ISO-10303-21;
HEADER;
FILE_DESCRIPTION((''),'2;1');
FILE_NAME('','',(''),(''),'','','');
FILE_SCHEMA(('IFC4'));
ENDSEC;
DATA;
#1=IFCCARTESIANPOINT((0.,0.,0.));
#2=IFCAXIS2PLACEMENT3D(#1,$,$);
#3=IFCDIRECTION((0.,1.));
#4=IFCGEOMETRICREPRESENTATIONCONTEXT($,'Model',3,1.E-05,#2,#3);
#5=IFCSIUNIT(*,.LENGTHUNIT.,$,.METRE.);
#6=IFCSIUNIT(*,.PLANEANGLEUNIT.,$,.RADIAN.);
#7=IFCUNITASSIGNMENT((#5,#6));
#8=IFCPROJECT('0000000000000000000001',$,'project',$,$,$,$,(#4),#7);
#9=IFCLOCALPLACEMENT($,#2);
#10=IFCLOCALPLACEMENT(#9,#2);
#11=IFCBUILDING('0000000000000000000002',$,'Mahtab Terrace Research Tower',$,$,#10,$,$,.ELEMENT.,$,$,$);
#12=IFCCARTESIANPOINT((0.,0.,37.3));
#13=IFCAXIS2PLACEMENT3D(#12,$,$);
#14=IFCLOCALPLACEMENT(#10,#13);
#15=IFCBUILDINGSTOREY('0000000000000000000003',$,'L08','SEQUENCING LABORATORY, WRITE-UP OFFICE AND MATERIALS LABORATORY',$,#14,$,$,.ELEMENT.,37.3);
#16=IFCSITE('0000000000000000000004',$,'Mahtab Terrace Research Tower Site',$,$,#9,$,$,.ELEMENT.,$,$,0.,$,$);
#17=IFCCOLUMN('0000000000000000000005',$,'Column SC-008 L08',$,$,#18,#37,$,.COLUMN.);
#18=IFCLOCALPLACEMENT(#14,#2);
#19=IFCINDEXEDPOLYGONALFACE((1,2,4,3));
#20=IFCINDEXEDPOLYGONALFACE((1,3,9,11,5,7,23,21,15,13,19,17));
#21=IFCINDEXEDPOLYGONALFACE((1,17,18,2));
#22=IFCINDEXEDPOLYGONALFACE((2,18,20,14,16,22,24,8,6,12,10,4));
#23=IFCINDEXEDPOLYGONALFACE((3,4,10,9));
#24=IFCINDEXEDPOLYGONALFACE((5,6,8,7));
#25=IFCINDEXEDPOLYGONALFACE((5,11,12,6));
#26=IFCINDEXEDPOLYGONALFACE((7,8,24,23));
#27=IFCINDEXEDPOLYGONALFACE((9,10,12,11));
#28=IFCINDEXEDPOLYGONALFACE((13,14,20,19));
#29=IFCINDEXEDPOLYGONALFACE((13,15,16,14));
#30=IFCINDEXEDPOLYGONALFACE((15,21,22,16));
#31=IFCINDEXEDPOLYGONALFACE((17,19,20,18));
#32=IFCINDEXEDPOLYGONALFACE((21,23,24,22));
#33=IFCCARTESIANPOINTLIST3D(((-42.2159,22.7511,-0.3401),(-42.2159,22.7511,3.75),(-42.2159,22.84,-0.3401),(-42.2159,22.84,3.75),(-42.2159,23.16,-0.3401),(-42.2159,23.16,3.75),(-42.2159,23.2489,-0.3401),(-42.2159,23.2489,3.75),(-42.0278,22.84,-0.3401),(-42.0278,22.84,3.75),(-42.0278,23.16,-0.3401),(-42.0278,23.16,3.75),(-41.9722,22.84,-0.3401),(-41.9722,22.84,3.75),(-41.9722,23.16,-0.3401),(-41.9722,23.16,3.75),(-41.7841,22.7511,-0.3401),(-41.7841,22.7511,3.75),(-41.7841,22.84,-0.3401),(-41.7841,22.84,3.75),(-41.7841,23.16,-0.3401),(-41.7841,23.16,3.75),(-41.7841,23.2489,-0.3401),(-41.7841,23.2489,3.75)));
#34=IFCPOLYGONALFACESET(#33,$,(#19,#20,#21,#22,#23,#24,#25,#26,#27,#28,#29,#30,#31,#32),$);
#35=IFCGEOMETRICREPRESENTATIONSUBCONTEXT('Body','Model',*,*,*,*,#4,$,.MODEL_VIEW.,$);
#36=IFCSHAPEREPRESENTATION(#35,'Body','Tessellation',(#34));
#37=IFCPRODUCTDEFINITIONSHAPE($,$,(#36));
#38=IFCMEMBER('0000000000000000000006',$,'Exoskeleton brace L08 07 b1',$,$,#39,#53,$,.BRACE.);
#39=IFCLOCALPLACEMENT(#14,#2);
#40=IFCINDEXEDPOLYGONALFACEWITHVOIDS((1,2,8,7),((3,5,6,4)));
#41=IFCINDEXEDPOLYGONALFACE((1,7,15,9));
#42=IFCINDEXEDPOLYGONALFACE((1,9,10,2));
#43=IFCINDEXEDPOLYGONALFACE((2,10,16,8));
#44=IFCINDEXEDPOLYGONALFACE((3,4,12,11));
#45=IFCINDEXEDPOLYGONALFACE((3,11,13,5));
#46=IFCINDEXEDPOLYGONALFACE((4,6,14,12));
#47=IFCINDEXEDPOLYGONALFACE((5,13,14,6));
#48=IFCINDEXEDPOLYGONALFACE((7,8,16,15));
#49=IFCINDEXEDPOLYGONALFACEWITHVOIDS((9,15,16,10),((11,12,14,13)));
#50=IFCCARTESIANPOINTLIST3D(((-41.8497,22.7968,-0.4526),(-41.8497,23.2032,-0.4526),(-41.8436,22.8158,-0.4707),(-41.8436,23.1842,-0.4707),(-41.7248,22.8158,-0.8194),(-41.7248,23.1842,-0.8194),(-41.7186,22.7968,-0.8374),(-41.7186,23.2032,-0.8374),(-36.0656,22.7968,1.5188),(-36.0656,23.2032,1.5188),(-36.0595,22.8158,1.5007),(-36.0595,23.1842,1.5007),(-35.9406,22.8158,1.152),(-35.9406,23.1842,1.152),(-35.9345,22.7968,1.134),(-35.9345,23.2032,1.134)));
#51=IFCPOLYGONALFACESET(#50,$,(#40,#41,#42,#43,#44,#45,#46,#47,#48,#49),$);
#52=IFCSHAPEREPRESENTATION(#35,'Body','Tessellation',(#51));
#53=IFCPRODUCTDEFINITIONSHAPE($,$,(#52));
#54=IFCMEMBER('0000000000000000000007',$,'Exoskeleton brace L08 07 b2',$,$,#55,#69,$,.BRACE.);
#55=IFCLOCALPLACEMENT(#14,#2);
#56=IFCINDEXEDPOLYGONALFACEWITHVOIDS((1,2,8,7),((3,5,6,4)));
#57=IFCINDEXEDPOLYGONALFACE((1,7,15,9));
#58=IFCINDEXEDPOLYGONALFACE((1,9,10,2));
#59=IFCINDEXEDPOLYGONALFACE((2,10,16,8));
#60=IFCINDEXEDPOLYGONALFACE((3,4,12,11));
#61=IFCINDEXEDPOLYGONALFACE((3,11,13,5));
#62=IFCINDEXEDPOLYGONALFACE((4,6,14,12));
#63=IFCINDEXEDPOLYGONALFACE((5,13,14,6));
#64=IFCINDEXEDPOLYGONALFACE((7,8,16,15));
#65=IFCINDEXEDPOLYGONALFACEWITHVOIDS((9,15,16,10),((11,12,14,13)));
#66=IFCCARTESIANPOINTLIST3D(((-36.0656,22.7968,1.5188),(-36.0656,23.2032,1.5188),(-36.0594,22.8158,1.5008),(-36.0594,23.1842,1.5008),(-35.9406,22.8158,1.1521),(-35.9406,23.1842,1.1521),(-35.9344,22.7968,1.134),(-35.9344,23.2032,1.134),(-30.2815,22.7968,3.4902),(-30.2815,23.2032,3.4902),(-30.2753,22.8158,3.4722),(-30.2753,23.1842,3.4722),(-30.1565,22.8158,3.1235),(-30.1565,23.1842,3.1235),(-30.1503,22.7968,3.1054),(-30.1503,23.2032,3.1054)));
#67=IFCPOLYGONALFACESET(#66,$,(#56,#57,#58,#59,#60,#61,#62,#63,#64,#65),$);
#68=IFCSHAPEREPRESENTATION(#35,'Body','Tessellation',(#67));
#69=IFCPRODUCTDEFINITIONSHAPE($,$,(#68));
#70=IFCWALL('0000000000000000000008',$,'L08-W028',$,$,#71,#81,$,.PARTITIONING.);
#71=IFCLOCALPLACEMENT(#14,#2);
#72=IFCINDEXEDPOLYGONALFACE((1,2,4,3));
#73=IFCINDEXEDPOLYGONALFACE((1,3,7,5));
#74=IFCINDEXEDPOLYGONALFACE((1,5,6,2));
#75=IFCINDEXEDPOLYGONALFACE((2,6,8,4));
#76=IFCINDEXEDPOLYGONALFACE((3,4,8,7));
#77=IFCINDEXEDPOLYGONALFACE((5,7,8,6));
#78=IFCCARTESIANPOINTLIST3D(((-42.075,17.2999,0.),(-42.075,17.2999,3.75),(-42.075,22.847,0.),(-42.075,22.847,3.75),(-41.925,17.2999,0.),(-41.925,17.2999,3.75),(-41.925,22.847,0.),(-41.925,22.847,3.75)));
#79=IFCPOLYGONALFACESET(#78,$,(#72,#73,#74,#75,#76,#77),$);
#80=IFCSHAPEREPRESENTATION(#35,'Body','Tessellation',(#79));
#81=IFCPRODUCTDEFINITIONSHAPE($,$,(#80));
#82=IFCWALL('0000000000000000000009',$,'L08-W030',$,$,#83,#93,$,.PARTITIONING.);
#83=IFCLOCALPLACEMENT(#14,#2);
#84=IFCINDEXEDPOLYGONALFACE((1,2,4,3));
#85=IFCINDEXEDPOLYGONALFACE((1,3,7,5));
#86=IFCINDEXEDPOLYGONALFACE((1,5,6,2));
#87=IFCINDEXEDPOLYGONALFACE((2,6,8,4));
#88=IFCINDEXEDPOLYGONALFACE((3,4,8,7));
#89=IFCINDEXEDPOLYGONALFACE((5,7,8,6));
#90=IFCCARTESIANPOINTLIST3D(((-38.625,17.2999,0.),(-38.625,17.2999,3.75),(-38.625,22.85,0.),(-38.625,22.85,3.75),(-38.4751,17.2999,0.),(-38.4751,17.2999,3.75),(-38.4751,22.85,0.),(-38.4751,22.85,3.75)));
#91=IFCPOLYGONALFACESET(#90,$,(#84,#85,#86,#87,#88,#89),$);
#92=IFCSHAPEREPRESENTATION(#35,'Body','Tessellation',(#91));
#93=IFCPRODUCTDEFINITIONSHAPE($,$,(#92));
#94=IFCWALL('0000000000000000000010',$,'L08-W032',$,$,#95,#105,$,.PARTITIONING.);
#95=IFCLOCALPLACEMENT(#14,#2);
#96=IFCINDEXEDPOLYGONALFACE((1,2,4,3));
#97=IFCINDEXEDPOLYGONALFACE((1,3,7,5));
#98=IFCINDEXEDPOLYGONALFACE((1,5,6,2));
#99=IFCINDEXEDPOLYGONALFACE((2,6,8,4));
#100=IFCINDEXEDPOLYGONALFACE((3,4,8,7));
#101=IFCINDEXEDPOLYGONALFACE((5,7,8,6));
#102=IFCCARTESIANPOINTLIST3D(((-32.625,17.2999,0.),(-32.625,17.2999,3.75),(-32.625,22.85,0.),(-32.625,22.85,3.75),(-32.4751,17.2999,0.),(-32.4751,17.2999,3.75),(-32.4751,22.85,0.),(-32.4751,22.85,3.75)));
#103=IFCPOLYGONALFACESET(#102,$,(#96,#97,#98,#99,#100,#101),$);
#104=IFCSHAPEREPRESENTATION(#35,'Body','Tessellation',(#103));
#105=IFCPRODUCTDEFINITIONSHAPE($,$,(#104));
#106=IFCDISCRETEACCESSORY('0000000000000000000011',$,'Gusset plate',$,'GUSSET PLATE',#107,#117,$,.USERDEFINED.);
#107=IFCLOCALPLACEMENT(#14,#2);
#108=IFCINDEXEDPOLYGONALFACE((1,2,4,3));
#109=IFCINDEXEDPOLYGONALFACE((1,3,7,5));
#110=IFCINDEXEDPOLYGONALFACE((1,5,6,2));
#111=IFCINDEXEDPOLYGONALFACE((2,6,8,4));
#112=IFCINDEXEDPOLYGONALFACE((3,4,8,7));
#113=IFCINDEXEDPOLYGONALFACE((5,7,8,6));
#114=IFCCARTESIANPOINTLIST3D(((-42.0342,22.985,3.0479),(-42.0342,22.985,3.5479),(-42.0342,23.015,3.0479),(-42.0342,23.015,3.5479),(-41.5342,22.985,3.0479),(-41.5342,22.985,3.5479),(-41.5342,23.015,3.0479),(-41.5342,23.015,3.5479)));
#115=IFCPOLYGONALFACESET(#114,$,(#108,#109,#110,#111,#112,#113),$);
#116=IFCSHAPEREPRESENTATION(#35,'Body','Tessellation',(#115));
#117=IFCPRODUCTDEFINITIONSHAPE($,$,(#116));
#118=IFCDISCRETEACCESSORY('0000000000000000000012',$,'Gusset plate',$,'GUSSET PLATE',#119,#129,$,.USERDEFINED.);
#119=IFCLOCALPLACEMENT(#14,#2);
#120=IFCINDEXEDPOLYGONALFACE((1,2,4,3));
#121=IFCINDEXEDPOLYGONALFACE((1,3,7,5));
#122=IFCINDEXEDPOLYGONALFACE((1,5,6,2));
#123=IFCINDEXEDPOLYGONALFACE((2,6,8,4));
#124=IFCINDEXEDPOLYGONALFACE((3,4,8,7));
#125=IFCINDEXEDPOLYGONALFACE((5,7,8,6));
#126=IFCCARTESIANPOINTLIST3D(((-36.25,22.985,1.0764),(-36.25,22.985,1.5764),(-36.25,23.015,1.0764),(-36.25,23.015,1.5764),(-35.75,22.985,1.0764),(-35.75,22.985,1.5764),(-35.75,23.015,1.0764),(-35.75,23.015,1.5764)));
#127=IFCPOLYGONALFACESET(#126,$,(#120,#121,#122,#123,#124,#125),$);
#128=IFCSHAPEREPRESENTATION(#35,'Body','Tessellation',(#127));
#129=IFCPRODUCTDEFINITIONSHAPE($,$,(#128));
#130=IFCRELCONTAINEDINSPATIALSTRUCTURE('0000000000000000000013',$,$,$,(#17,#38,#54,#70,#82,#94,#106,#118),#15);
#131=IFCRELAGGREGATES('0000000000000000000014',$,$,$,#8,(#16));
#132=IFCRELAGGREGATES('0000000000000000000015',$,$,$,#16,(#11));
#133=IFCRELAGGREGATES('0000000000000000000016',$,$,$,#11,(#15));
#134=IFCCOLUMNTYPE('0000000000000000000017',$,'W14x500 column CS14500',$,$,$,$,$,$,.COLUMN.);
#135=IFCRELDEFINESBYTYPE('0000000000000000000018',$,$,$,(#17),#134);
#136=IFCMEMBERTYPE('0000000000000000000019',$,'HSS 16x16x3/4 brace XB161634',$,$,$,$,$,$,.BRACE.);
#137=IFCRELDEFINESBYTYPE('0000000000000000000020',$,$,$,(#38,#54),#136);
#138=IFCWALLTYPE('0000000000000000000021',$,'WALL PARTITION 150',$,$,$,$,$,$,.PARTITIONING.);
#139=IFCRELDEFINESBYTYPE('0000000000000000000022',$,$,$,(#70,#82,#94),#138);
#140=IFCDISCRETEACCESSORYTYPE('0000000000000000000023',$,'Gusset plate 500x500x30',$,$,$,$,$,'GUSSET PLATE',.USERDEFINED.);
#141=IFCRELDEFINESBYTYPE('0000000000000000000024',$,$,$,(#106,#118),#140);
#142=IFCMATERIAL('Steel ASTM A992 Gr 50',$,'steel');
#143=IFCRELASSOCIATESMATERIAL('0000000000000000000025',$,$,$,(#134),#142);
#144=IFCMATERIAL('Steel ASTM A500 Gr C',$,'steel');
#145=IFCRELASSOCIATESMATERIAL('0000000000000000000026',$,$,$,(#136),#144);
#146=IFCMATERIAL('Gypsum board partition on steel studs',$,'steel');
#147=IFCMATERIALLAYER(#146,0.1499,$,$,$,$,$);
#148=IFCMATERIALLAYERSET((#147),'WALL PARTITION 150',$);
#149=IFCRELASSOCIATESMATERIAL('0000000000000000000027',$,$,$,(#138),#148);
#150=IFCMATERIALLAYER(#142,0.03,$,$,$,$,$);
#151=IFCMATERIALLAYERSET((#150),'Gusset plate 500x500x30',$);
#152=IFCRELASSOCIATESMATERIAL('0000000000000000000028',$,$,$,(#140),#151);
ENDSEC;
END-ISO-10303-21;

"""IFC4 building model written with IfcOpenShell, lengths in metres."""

from ifc_helpers import new_model, si_unit, direction, frame, frame_2d, origin, origin_2d, place, context, subcontext, project, spatial, rectangle, hollow_rectangle, i_section, extrude, material, layer, layer_set, material_profile, profile_set, type_object, element, save


model = new_model("IFC4")

# Units and contexts
model_context = context("Model", 3, precision=1e-05, world=origin(), true_north=direction((0.0, 1.0)))
body_context = subcontext(model_context, "Body", "Model", "MODEL_VIEW")
ifc_project = project(units=[si_unit("LENGTHUNIT", "METRE"), si_unit("PLANEANGLEUNIT", "RADIAN")], contexts=[model_context])

# Site, building, storey
site_placement = place(None, origin())
site = spatial("IfcSite", under=ifc_project, at=site_placement, Name="Mahtab Terrace Research Tower Site", CompositionType="ELEMENT", RefElevation=0.0)
building_placement = place(site_placement, origin())
building = spatial("IfcBuilding", under=site, at=building_placement, Name="Mahtab Terrace Research Tower", CompositionType="ELEMENT")
storey_placement = place(building_placement, frame((0.0, 0.0, 37.3)))
storey = spatial("IfcBuildingStorey", under=building, at=storey_placement, Name="L08", Description="SEQUENCING LABORATORY, WRITE-UP OFFICE AND MATERIALS LABORATORY", CompositionType="ELEMENT", Elevation=37.3)

# Column
ifc_material_1 = material(Name="Steel ASTM A992 Gr 50", Category="steel")
ifc_material_profile_1 = material_profile(ifc_material_1, i_section(OverallWidth=0.4319, OverallDepth=0.4978, WebThickness=0.0557, FlangeThickness=0.0889, at=origin_2d()), Name="W14X500")
ifc_profile_set_1 = profile_set([ifc_material_profile_1], Name="Steel ASTM A992 Gr 50")
column_type = type_object("IfcColumnType", Name="W14x500 column CS14500", PredefinedType="COLUMN", material=ifc_profile_set_1)
column_placement = place(storey_placement, frame((-42.0, 23.0, -0.3401), z_axis=(0.0, 0.0, 1.0), x_axis=(1.0, 0.0, 0.0)))
element("IfcColumn", 1, at=column_placement, inside=storey, type_object=column_type, Name="Column SC-008 L08", PredefinedType="COLUMN", context=body_context, shape_type="SweptSolid", body=[
    extrude(i_section(OverallWidth=0.4319, OverallDepth=0.4978, WebThickness=0.0557, FlangeThickness=0.0889, at=origin_2d()), origin(), (0.0, 0.0, 1.0), 4.0901),
])

# Members
ifc_material_2 = material(Name="Steel ASTM A500 Gr C", Category="steel")
ifc_material_profile_2 = material_profile(ifc_material_2, hollow_rectangle(XDim=0.4065, YDim=0.4065, WallThickness=0.019, at=origin_2d()), Name="HSS16X16X3/4")
ifc_profile_set_2 = profile_set([ifc_material_profile_2], Name="Steel ASTM A500 Gr C")
member_type = type_object("IfcMemberType", Name="HSS 16x16x3/4 brace XB161634", PredefinedType="BRACE", material=ifc_profile_set_2)
for number, where, z_axis, x_axis, name in (
    (2, (-41.7842, 23.0, -0.645), (0.946532, 0.0, 0.322609), (0.0, 1.0, 0.0), "Exoskeleton brace L08 07 b1"),
    (3, (-36.0, 23.0, 1.3264), (0.946532, 0.0, 0.322609), (0.0, 1.0, 0.0), "Exoskeleton brace L08 07 b2"),
):
    element("IfcMember", number, at=place(storey_placement, frame(where, z_axis=z_axis, x_axis=x_axis)), inside=storey, type_object=member_type, Name=name, PredefinedType="BRACE", context=body_context, shape_type="SweptSolid", body=[
        extrude(hollow_rectangle(XDim=0.4065, YDim=0.4065, WallThickness=0.019, at=origin_2d()), origin(), (0.0, 0.0, 1.0), 6.1108),
    ])

# Walls
ifc_material_3 = material(Name="Gypsum board partition on steel studs", Category="steel")
ifc_layer_1 = layer(ifc_material_3, 0.1499)
ifc_layer_set_1 = layer_set([ifc_layer_1], Name="WALL PARTITION 150")
wall_type = type_object("IfcWallType", Name="WALL PARTITION 150", PredefinedType="PARTITIONING", material=ifc_layer_set_1)
wall_placement = place(storey_placement, frame((-42.0, 17.3, 0.0), z_axis=(0.0, 0.0, 1.0), x_axis=(0.0, 1.0, 0.0)))
element("IfcWall", 4, at=wall_placement, inside=storey, type_object=wall_type, Name="L08-W028", PredefinedType="PARTITIONING", context=body_context, shape_type="SweptSolid", body=[
    extrude(rectangle(XDim=5.5471, YDim=0.1499, at=frame_2d((2.7734, 0.0))), origin(), (0.0, 0.0, 1.0), 3.75),
])
for number, where, z_axis, x_axis, name in (
    (5, (-38.55, 17.3, 0.0), (0.0, 0.0, 1.0), (0.0, 1.0, 0.0), "L08-W030"),
    (6, (-32.55, 17.3, 0.0), (0.0, 0.0, 1.0), (0.0, 1.0, 0.0), "L08-W032"),
):
    element("IfcWall", number, at=place(storey_placement, frame(where, z_axis=z_axis, x_axis=x_axis)), inside=storey, type_object=wall_type, Name=name, PredefinedType="PARTITIONING", context=body_context, shape_type="SweptSolid", body=[
        extrude(rectangle(XDim=5.55, YDim=0.1499, at=frame_2d((2.7749, 0.0))), origin(), (0.0, 0.0, 1.0), 3.75),
    ])

# Discrete accessories
ifc_layer_2 = layer(ifc_material_1, 0.03)
ifc_layer_set_2 = layer_set([ifc_layer_2], Name="Gusset plate 500x500x30")
discrete_accessory_type = type_object("IfcDiscreteAccessoryType", Name="Gusset plate 500x500x30", ElementType="GUSSET PLATE", PredefinedType="USERDEFINED", material=ifc_layer_set_2)
for number, where, z_axis, x_axis, name in (
    (7, (-41.7842, 23.0, 3.0479), (0.0, 0.0, 1.0), (1.0, 0.0, 0.0), "Gusset plate"),
    (8, (-36.0, 23.0, 1.0764), (0.0, 0.0, 1.0), (1.0, 0.0, 0.0), "Gusset plate"),
):
    element("IfcDiscreteAccessory", number, at=place(storey_placement, frame(where, z_axis=z_axis, x_axis=x_axis)), inside=storey, type_object=discrete_accessory_type, Name=name, ObjectType="GUSSET PLATE", PredefinedType="USERDEFINED", context=body_context, shape_type="SweptSolid", body=[
        extrude(rectangle(XDim=0.5, YDim=0.03, at=origin_2d()), origin(), (0.0, 0.0, 1.0), 0.5),
    ])

save(model, "model.ifc")
